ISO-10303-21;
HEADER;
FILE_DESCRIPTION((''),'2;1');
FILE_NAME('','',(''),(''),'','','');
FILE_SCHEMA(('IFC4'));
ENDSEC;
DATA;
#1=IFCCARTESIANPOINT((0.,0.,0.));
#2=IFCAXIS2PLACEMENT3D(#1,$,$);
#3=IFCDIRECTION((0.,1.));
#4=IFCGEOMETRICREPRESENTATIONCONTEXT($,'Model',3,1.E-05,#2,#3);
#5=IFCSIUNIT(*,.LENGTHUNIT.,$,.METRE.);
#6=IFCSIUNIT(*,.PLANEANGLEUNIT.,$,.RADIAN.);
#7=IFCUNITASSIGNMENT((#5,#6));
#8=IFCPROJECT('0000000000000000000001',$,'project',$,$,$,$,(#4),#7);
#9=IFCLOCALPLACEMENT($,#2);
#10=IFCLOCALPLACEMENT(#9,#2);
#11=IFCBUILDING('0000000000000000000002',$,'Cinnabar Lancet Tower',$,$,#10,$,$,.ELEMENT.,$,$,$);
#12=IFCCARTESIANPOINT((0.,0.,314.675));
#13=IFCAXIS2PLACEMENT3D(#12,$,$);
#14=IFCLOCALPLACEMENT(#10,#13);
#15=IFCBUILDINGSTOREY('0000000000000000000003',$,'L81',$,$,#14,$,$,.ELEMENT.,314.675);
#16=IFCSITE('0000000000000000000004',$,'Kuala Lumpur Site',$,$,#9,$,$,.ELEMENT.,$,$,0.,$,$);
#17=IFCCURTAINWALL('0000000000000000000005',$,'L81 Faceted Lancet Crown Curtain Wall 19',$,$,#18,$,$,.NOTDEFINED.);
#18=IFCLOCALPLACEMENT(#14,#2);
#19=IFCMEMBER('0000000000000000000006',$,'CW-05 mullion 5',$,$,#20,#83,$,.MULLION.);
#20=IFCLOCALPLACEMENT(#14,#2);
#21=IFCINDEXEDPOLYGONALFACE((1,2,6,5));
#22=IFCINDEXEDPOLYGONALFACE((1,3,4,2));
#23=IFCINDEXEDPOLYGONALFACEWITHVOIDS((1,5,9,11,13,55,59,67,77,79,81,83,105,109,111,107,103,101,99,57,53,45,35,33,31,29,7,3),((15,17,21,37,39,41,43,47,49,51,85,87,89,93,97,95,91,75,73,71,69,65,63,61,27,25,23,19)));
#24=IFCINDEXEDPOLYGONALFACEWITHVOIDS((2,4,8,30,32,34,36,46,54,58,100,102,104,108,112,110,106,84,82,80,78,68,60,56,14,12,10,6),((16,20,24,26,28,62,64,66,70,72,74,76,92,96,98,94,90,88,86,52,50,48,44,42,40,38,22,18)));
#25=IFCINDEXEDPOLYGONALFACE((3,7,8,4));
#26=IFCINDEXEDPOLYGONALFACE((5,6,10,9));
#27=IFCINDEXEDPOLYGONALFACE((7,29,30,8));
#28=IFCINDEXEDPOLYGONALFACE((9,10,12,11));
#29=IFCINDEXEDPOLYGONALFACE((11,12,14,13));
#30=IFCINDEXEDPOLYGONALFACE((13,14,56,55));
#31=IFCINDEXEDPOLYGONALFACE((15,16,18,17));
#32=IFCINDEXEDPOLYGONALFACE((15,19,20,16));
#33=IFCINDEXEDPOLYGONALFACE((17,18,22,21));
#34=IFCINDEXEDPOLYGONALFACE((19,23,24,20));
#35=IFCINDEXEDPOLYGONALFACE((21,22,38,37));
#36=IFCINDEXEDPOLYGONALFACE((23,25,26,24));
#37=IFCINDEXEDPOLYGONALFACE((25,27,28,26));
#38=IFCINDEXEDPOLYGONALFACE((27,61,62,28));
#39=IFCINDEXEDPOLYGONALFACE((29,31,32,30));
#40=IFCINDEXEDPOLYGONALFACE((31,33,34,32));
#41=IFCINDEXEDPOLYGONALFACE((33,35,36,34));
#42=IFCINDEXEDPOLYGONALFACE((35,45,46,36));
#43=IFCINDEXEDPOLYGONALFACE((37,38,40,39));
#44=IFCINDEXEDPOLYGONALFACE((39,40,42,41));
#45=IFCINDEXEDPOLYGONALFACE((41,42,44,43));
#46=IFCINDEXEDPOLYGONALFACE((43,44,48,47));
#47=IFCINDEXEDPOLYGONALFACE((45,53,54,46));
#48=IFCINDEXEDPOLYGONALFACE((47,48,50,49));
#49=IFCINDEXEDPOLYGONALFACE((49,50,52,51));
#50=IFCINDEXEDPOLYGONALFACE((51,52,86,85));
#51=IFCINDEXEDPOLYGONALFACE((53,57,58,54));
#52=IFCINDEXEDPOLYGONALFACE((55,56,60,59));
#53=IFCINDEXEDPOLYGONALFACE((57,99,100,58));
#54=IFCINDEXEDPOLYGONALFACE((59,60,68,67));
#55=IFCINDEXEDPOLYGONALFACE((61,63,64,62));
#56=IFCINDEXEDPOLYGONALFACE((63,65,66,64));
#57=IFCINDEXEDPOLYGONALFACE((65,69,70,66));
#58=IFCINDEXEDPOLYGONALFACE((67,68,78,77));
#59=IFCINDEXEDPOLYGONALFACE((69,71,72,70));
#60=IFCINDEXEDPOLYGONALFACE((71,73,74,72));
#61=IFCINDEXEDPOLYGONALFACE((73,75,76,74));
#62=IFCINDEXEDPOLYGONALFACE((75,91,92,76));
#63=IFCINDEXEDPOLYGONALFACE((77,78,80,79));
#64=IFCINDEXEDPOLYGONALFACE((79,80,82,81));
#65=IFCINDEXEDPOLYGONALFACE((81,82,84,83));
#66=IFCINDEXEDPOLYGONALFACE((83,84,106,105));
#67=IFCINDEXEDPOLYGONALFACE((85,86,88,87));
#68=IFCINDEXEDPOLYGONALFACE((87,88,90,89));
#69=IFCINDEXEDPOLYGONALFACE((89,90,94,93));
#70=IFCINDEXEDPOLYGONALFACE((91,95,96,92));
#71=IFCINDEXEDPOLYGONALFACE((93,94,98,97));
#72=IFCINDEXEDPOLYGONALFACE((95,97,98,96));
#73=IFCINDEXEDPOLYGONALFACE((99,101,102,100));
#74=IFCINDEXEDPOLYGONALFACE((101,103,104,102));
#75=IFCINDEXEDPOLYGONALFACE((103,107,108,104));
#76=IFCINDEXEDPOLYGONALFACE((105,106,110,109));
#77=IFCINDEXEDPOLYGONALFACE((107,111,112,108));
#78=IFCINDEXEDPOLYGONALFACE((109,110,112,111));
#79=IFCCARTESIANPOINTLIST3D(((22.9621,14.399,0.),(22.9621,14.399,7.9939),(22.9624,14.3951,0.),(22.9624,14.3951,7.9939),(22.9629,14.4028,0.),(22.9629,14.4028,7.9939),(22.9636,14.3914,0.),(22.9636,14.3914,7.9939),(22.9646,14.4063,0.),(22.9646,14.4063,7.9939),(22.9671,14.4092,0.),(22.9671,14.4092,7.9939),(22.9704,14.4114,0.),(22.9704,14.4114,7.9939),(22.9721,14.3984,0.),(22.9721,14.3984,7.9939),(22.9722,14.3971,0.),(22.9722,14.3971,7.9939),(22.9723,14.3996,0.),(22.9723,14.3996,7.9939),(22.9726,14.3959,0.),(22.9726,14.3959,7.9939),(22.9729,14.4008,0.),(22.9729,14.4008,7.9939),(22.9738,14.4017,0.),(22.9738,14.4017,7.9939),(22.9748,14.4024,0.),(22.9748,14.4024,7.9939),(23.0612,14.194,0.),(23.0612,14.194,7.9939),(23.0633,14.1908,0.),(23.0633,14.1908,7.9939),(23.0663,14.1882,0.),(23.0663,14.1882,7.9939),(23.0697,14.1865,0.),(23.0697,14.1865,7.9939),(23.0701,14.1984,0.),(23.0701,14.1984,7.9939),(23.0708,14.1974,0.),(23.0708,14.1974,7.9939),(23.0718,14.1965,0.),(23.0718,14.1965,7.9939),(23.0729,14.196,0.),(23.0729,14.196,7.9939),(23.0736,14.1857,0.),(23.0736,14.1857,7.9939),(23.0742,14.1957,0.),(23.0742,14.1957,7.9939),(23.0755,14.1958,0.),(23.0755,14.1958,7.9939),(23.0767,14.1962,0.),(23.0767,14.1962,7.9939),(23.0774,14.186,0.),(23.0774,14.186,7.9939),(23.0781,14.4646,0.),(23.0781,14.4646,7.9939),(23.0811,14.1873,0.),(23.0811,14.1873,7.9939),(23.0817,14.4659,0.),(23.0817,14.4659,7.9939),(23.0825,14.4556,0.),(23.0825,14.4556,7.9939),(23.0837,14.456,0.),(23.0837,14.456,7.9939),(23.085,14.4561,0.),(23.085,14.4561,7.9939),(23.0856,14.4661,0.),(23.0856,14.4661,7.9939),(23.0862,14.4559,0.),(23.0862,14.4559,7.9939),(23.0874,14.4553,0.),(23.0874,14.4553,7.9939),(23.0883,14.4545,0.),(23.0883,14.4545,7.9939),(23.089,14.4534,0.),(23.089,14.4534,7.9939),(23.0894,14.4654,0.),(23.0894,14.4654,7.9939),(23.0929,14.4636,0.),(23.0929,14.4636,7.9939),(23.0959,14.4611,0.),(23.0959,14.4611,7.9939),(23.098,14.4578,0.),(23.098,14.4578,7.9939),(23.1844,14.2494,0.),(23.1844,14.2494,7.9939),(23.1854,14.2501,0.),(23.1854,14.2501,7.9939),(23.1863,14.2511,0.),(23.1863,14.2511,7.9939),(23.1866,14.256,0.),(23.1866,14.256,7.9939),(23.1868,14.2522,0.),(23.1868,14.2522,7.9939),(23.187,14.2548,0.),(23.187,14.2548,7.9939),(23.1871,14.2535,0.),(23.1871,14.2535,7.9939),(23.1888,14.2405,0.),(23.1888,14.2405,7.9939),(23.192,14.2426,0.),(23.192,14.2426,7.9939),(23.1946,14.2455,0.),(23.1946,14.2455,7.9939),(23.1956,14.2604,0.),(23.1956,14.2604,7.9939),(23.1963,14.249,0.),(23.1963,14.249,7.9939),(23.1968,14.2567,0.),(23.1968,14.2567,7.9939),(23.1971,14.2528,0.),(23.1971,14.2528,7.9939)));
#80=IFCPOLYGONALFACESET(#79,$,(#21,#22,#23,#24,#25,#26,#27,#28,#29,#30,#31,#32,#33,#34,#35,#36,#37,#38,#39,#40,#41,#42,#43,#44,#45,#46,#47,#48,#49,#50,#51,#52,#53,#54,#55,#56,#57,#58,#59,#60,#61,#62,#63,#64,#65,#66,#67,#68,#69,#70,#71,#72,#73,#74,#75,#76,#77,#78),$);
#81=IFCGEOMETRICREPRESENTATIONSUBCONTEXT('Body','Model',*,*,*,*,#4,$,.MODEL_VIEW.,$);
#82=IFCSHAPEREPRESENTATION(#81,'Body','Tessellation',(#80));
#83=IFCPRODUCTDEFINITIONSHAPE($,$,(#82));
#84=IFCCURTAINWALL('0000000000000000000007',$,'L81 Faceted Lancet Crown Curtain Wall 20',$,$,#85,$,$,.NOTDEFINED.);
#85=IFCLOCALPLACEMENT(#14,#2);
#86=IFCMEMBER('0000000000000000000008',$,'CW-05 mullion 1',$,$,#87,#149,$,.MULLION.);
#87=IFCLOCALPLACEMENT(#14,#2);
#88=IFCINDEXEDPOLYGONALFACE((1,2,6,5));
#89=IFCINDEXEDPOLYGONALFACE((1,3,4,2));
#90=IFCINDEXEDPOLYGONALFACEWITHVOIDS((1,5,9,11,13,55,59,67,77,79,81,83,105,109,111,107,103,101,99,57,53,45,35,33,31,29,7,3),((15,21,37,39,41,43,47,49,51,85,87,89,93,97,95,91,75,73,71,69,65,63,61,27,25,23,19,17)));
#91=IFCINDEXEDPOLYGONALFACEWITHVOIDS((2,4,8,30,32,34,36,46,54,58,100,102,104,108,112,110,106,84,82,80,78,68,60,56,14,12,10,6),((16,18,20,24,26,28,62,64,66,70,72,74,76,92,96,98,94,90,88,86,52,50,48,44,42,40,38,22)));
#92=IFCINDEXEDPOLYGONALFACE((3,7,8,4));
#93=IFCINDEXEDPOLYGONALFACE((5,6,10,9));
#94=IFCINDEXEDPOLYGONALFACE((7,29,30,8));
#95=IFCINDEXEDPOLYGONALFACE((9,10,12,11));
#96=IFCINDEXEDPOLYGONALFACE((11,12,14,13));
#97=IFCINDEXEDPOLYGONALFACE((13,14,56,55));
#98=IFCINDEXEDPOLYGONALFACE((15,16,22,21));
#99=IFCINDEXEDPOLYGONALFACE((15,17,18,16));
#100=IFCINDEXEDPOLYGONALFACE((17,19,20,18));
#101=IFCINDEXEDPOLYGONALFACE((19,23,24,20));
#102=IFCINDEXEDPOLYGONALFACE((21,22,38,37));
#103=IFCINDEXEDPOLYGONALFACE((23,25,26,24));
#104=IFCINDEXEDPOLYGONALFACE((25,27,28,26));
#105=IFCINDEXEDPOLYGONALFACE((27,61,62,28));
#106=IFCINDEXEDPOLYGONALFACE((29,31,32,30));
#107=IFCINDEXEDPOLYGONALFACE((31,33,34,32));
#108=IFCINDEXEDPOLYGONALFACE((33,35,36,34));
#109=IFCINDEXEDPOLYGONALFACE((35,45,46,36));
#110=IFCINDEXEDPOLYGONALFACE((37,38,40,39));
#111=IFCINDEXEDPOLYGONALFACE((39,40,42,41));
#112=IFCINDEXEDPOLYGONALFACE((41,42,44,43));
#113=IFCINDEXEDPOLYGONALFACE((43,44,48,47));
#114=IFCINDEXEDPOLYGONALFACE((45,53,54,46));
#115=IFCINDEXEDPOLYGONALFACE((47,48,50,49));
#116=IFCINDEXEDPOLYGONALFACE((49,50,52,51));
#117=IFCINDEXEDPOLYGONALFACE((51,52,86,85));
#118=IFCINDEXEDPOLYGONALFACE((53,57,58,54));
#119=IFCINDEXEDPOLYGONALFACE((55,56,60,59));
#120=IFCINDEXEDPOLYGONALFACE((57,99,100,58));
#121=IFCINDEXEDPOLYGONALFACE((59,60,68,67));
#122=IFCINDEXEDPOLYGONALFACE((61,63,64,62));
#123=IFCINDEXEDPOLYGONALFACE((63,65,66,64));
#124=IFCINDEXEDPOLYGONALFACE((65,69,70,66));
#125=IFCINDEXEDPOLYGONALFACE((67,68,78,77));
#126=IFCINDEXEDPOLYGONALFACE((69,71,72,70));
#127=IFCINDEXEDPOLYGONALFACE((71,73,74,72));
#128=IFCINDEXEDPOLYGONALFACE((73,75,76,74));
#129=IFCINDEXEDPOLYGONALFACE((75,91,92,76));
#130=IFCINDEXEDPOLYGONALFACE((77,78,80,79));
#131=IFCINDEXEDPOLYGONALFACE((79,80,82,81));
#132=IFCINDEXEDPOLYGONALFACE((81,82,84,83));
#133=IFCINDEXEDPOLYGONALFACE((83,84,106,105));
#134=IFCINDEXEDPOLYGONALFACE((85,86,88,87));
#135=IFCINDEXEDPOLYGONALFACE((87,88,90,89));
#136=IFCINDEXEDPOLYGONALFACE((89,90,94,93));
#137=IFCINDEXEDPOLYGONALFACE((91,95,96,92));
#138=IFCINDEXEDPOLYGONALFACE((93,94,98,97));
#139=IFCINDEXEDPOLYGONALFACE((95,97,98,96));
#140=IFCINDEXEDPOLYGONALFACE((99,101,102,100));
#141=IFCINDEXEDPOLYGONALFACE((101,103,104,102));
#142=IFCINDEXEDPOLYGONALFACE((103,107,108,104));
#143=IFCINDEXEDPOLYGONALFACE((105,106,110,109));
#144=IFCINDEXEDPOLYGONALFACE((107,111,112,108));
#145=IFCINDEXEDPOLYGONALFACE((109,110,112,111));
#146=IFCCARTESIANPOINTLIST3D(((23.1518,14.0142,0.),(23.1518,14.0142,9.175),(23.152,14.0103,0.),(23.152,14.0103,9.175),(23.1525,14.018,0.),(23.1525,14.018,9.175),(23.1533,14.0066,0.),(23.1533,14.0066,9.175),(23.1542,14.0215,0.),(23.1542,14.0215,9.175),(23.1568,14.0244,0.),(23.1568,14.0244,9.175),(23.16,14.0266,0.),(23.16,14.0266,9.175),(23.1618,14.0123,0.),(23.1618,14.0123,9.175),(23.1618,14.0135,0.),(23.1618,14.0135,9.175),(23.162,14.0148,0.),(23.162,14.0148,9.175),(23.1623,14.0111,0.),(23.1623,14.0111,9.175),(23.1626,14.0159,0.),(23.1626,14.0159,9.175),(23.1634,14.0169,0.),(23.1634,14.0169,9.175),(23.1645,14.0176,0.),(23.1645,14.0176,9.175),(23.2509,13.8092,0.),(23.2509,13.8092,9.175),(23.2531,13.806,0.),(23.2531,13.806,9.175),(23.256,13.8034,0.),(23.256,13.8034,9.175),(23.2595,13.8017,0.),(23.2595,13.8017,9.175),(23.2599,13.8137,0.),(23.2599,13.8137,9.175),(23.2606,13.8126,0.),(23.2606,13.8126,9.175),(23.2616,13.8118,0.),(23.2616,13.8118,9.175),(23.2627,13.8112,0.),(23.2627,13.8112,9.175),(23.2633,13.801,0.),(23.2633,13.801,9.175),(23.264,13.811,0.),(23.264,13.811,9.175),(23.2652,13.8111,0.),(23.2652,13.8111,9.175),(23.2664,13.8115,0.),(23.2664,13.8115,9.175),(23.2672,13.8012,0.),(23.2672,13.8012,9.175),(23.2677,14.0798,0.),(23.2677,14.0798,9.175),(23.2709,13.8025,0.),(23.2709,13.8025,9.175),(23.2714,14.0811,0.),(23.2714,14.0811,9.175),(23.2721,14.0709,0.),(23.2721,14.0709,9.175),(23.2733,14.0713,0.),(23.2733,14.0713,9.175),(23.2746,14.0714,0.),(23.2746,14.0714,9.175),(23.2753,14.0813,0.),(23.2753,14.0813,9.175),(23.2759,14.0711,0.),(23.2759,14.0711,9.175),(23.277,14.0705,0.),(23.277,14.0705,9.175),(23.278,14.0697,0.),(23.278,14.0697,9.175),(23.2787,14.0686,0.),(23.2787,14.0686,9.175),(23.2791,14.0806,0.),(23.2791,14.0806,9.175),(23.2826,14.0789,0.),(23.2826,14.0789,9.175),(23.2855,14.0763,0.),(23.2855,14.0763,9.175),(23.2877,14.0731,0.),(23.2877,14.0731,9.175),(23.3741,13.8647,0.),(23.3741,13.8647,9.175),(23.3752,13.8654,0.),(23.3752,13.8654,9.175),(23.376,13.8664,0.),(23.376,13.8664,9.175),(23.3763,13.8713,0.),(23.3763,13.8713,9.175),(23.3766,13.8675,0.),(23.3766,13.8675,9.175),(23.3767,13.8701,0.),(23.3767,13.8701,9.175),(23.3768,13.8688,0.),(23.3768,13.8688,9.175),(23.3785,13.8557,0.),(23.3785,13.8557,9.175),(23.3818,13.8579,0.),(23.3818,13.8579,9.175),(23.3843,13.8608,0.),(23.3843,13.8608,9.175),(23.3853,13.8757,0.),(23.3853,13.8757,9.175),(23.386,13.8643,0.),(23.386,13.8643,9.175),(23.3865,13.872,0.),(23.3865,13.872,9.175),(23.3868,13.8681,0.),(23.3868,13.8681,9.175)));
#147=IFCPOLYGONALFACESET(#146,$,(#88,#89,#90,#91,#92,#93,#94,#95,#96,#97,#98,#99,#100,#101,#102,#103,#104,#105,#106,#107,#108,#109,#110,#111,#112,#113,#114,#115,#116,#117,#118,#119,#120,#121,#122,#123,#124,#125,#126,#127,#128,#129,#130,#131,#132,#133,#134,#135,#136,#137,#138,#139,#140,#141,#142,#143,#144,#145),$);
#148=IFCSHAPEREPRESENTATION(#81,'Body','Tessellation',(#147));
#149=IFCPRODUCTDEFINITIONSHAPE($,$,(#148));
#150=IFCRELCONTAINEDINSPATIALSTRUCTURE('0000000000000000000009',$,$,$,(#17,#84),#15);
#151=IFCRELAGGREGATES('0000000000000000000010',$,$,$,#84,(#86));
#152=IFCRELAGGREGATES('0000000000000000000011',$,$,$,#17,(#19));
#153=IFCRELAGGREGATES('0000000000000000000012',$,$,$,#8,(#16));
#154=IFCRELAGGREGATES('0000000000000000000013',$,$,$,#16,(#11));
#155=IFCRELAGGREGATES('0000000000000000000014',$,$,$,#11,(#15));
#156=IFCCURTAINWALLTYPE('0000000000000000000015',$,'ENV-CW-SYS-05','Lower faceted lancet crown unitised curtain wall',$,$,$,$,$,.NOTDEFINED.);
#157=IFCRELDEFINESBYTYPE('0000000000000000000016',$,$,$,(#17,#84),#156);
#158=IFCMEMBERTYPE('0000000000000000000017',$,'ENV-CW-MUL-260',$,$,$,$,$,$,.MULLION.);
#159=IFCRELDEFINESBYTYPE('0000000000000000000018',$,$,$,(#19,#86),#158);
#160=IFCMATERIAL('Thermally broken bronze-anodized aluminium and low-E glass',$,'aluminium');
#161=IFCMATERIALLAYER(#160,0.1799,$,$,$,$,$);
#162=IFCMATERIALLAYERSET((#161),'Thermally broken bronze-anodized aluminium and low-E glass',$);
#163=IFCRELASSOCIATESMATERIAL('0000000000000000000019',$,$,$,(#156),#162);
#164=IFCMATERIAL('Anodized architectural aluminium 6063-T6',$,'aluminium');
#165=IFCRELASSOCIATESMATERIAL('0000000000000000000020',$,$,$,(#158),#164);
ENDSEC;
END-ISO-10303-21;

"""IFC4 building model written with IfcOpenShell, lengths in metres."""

from ifc_helpers import new_model, si_unit, direction, frame, origin, origin_2d, place, context, subcontext, project, spatial, hollow_rectangle, extrude, material, layer, layer_set, material_profile, profile_set, type_object, element, aggregate, save


model = new_model("IFC4")

# Units and contexts
model_context = context("Model", 3, precision=1e-05, world=origin(), true_north=direction((0.0, 1.0)))
body_context = subcontext(model_context, "Body", "Model", "MODEL_VIEW")
ifc_project = project(units=[si_unit("LENGTHUNIT", "METRE"), si_unit("PLANEANGLEUNIT", "RADIAN")], contexts=[model_context])

# Site, building, storey
site_placement = place(None, origin())
site = spatial("IfcSite", under=ifc_project, at=site_placement, Name="Kuala Lumpur Site", CompositionType="ELEMENT", RefElevation=0.0)
building_placement = place(site_placement, origin())
building = spatial("IfcBuilding", under=site, at=building_placement, Name="Cinnabar Lancet Tower", CompositionType="ELEMENT")
storey_placement = place(building_placement, frame((0.0, 0.0, 314.675)))
storey = spatial("IfcBuildingStorey", under=building, at=storey_placement, Name="L81", CompositionType="ELEMENT", Elevation=314.675)

# Curtain wall, member
ifc_material_1 = material(Name="Thermally broken bronze-anodized aluminium and low-E glass", Category="aluminium")
ifc_layer_1 = layer(ifc_material_1, 0.1799)
ifc_layer_set_1 = layer_set([ifc_layer_1], Name="Thermally broken bronze-anodized aluminium and low-E glass")
curtain_wall_type = type_object("IfcCurtainWallType", Name="ENV-CW-SYS-05", Description="Lower faceted lancet crown unitised curtain wall", PredefinedType="NOTDEFINED", material=ifc_layer_set_1)
curtain_wall_1_placement = place(storey_placement, origin())
curtain_wall_1 = element("IfcCurtainWall", 1, at=curtain_wall_1_placement, inside=storey, type_object=curtain_wall_type, Name="L81 Faceted Lancet Crown Curtain Wall 19", PredefinedType="NOTDEFINED")
ifc_material_2 = material(Name="Anodized architectural aluminium 6063-T6", Category="aluminium")
ifc_material_profile_1 = material_profile(ifc_material_2, hollow_rectangle(XDim=0.1499, YDim=0.25, WallThickness=0.01, InnerFilletRadius=0.0049, OuterFilletRadius=0.0149, at=origin_2d()), Name="RHS 250x150x10")
ifc_profile_set_1 = profile_set([ifc_material_profile_1], Name="Anodized architectural aluminium 6063-T6")
member_type_1 = type_object("IfcMemberType", Name="ENV-CW-MUL-260", PredefinedType="MULLION", material=ifc_profile_set_1)
member_1_placement = place(storey_placement, frame((23.0796, 14.3259, 0.0), z_axis=(0.0, 0.0, 1.0), x_axis=(0.896552, 0.442939, 0.0)))
member_1 = element("IfcMember", 2, at=member_1_placement, type_object=member_type_1, Name="CW-05 mullion 5", PredefinedType="MULLION", context=body_context, shape_type="SweptSolid", body=[
    extrude(hollow_rectangle(XDim=0.1499, YDim=0.25, WallThickness=0.01, InnerFilletRadius=0.0049, OuterFilletRadius=0.0149, at=origin_2d()), origin(), (0.0, 0.0, 1.0), 7.9939),
])

# Curtain wall, member
curtain_wall_2_placement = place(storey_placement, origin())
curtain_wall_2 = element("IfcCurtainWall", 3, at=curtain_wall_2_placement, inside=storey, type_object=curtain_wall_type, Name="L81 Faceted Lancet Crown Curtain Wall 20", PredefinedType="NOTDEFINED")
member_2_placement = place(storey_placement, frame((23.2693, 13.9412, 0.0), z_axis=(0.0, 0.0, 1.0), x_axis=(0.896343, 0.443362, 0.0)))
member_2 = element("IfcMember", 4, at=member_2_placement, type_object=member_type_1, Name="CW-05 mullion 1", PredefinedType="MULLION", context=body_context, shape_type="SweptSolid", body=[
    extrude(hollow_rectangle(XDim=0.1499, YDim=0.25, WallThickness=0.01, InnerFilletRadius=0.0049, OuterFilletRadius=0.0149, at=origin_2d()), origin(), (0.0, 0.0, 1.0), 9.175),
])

aggregate(curtain_wall_2, [member_2])

aggregate(curtain_wall_1, [member_1])

save(model, "model.ifc")
